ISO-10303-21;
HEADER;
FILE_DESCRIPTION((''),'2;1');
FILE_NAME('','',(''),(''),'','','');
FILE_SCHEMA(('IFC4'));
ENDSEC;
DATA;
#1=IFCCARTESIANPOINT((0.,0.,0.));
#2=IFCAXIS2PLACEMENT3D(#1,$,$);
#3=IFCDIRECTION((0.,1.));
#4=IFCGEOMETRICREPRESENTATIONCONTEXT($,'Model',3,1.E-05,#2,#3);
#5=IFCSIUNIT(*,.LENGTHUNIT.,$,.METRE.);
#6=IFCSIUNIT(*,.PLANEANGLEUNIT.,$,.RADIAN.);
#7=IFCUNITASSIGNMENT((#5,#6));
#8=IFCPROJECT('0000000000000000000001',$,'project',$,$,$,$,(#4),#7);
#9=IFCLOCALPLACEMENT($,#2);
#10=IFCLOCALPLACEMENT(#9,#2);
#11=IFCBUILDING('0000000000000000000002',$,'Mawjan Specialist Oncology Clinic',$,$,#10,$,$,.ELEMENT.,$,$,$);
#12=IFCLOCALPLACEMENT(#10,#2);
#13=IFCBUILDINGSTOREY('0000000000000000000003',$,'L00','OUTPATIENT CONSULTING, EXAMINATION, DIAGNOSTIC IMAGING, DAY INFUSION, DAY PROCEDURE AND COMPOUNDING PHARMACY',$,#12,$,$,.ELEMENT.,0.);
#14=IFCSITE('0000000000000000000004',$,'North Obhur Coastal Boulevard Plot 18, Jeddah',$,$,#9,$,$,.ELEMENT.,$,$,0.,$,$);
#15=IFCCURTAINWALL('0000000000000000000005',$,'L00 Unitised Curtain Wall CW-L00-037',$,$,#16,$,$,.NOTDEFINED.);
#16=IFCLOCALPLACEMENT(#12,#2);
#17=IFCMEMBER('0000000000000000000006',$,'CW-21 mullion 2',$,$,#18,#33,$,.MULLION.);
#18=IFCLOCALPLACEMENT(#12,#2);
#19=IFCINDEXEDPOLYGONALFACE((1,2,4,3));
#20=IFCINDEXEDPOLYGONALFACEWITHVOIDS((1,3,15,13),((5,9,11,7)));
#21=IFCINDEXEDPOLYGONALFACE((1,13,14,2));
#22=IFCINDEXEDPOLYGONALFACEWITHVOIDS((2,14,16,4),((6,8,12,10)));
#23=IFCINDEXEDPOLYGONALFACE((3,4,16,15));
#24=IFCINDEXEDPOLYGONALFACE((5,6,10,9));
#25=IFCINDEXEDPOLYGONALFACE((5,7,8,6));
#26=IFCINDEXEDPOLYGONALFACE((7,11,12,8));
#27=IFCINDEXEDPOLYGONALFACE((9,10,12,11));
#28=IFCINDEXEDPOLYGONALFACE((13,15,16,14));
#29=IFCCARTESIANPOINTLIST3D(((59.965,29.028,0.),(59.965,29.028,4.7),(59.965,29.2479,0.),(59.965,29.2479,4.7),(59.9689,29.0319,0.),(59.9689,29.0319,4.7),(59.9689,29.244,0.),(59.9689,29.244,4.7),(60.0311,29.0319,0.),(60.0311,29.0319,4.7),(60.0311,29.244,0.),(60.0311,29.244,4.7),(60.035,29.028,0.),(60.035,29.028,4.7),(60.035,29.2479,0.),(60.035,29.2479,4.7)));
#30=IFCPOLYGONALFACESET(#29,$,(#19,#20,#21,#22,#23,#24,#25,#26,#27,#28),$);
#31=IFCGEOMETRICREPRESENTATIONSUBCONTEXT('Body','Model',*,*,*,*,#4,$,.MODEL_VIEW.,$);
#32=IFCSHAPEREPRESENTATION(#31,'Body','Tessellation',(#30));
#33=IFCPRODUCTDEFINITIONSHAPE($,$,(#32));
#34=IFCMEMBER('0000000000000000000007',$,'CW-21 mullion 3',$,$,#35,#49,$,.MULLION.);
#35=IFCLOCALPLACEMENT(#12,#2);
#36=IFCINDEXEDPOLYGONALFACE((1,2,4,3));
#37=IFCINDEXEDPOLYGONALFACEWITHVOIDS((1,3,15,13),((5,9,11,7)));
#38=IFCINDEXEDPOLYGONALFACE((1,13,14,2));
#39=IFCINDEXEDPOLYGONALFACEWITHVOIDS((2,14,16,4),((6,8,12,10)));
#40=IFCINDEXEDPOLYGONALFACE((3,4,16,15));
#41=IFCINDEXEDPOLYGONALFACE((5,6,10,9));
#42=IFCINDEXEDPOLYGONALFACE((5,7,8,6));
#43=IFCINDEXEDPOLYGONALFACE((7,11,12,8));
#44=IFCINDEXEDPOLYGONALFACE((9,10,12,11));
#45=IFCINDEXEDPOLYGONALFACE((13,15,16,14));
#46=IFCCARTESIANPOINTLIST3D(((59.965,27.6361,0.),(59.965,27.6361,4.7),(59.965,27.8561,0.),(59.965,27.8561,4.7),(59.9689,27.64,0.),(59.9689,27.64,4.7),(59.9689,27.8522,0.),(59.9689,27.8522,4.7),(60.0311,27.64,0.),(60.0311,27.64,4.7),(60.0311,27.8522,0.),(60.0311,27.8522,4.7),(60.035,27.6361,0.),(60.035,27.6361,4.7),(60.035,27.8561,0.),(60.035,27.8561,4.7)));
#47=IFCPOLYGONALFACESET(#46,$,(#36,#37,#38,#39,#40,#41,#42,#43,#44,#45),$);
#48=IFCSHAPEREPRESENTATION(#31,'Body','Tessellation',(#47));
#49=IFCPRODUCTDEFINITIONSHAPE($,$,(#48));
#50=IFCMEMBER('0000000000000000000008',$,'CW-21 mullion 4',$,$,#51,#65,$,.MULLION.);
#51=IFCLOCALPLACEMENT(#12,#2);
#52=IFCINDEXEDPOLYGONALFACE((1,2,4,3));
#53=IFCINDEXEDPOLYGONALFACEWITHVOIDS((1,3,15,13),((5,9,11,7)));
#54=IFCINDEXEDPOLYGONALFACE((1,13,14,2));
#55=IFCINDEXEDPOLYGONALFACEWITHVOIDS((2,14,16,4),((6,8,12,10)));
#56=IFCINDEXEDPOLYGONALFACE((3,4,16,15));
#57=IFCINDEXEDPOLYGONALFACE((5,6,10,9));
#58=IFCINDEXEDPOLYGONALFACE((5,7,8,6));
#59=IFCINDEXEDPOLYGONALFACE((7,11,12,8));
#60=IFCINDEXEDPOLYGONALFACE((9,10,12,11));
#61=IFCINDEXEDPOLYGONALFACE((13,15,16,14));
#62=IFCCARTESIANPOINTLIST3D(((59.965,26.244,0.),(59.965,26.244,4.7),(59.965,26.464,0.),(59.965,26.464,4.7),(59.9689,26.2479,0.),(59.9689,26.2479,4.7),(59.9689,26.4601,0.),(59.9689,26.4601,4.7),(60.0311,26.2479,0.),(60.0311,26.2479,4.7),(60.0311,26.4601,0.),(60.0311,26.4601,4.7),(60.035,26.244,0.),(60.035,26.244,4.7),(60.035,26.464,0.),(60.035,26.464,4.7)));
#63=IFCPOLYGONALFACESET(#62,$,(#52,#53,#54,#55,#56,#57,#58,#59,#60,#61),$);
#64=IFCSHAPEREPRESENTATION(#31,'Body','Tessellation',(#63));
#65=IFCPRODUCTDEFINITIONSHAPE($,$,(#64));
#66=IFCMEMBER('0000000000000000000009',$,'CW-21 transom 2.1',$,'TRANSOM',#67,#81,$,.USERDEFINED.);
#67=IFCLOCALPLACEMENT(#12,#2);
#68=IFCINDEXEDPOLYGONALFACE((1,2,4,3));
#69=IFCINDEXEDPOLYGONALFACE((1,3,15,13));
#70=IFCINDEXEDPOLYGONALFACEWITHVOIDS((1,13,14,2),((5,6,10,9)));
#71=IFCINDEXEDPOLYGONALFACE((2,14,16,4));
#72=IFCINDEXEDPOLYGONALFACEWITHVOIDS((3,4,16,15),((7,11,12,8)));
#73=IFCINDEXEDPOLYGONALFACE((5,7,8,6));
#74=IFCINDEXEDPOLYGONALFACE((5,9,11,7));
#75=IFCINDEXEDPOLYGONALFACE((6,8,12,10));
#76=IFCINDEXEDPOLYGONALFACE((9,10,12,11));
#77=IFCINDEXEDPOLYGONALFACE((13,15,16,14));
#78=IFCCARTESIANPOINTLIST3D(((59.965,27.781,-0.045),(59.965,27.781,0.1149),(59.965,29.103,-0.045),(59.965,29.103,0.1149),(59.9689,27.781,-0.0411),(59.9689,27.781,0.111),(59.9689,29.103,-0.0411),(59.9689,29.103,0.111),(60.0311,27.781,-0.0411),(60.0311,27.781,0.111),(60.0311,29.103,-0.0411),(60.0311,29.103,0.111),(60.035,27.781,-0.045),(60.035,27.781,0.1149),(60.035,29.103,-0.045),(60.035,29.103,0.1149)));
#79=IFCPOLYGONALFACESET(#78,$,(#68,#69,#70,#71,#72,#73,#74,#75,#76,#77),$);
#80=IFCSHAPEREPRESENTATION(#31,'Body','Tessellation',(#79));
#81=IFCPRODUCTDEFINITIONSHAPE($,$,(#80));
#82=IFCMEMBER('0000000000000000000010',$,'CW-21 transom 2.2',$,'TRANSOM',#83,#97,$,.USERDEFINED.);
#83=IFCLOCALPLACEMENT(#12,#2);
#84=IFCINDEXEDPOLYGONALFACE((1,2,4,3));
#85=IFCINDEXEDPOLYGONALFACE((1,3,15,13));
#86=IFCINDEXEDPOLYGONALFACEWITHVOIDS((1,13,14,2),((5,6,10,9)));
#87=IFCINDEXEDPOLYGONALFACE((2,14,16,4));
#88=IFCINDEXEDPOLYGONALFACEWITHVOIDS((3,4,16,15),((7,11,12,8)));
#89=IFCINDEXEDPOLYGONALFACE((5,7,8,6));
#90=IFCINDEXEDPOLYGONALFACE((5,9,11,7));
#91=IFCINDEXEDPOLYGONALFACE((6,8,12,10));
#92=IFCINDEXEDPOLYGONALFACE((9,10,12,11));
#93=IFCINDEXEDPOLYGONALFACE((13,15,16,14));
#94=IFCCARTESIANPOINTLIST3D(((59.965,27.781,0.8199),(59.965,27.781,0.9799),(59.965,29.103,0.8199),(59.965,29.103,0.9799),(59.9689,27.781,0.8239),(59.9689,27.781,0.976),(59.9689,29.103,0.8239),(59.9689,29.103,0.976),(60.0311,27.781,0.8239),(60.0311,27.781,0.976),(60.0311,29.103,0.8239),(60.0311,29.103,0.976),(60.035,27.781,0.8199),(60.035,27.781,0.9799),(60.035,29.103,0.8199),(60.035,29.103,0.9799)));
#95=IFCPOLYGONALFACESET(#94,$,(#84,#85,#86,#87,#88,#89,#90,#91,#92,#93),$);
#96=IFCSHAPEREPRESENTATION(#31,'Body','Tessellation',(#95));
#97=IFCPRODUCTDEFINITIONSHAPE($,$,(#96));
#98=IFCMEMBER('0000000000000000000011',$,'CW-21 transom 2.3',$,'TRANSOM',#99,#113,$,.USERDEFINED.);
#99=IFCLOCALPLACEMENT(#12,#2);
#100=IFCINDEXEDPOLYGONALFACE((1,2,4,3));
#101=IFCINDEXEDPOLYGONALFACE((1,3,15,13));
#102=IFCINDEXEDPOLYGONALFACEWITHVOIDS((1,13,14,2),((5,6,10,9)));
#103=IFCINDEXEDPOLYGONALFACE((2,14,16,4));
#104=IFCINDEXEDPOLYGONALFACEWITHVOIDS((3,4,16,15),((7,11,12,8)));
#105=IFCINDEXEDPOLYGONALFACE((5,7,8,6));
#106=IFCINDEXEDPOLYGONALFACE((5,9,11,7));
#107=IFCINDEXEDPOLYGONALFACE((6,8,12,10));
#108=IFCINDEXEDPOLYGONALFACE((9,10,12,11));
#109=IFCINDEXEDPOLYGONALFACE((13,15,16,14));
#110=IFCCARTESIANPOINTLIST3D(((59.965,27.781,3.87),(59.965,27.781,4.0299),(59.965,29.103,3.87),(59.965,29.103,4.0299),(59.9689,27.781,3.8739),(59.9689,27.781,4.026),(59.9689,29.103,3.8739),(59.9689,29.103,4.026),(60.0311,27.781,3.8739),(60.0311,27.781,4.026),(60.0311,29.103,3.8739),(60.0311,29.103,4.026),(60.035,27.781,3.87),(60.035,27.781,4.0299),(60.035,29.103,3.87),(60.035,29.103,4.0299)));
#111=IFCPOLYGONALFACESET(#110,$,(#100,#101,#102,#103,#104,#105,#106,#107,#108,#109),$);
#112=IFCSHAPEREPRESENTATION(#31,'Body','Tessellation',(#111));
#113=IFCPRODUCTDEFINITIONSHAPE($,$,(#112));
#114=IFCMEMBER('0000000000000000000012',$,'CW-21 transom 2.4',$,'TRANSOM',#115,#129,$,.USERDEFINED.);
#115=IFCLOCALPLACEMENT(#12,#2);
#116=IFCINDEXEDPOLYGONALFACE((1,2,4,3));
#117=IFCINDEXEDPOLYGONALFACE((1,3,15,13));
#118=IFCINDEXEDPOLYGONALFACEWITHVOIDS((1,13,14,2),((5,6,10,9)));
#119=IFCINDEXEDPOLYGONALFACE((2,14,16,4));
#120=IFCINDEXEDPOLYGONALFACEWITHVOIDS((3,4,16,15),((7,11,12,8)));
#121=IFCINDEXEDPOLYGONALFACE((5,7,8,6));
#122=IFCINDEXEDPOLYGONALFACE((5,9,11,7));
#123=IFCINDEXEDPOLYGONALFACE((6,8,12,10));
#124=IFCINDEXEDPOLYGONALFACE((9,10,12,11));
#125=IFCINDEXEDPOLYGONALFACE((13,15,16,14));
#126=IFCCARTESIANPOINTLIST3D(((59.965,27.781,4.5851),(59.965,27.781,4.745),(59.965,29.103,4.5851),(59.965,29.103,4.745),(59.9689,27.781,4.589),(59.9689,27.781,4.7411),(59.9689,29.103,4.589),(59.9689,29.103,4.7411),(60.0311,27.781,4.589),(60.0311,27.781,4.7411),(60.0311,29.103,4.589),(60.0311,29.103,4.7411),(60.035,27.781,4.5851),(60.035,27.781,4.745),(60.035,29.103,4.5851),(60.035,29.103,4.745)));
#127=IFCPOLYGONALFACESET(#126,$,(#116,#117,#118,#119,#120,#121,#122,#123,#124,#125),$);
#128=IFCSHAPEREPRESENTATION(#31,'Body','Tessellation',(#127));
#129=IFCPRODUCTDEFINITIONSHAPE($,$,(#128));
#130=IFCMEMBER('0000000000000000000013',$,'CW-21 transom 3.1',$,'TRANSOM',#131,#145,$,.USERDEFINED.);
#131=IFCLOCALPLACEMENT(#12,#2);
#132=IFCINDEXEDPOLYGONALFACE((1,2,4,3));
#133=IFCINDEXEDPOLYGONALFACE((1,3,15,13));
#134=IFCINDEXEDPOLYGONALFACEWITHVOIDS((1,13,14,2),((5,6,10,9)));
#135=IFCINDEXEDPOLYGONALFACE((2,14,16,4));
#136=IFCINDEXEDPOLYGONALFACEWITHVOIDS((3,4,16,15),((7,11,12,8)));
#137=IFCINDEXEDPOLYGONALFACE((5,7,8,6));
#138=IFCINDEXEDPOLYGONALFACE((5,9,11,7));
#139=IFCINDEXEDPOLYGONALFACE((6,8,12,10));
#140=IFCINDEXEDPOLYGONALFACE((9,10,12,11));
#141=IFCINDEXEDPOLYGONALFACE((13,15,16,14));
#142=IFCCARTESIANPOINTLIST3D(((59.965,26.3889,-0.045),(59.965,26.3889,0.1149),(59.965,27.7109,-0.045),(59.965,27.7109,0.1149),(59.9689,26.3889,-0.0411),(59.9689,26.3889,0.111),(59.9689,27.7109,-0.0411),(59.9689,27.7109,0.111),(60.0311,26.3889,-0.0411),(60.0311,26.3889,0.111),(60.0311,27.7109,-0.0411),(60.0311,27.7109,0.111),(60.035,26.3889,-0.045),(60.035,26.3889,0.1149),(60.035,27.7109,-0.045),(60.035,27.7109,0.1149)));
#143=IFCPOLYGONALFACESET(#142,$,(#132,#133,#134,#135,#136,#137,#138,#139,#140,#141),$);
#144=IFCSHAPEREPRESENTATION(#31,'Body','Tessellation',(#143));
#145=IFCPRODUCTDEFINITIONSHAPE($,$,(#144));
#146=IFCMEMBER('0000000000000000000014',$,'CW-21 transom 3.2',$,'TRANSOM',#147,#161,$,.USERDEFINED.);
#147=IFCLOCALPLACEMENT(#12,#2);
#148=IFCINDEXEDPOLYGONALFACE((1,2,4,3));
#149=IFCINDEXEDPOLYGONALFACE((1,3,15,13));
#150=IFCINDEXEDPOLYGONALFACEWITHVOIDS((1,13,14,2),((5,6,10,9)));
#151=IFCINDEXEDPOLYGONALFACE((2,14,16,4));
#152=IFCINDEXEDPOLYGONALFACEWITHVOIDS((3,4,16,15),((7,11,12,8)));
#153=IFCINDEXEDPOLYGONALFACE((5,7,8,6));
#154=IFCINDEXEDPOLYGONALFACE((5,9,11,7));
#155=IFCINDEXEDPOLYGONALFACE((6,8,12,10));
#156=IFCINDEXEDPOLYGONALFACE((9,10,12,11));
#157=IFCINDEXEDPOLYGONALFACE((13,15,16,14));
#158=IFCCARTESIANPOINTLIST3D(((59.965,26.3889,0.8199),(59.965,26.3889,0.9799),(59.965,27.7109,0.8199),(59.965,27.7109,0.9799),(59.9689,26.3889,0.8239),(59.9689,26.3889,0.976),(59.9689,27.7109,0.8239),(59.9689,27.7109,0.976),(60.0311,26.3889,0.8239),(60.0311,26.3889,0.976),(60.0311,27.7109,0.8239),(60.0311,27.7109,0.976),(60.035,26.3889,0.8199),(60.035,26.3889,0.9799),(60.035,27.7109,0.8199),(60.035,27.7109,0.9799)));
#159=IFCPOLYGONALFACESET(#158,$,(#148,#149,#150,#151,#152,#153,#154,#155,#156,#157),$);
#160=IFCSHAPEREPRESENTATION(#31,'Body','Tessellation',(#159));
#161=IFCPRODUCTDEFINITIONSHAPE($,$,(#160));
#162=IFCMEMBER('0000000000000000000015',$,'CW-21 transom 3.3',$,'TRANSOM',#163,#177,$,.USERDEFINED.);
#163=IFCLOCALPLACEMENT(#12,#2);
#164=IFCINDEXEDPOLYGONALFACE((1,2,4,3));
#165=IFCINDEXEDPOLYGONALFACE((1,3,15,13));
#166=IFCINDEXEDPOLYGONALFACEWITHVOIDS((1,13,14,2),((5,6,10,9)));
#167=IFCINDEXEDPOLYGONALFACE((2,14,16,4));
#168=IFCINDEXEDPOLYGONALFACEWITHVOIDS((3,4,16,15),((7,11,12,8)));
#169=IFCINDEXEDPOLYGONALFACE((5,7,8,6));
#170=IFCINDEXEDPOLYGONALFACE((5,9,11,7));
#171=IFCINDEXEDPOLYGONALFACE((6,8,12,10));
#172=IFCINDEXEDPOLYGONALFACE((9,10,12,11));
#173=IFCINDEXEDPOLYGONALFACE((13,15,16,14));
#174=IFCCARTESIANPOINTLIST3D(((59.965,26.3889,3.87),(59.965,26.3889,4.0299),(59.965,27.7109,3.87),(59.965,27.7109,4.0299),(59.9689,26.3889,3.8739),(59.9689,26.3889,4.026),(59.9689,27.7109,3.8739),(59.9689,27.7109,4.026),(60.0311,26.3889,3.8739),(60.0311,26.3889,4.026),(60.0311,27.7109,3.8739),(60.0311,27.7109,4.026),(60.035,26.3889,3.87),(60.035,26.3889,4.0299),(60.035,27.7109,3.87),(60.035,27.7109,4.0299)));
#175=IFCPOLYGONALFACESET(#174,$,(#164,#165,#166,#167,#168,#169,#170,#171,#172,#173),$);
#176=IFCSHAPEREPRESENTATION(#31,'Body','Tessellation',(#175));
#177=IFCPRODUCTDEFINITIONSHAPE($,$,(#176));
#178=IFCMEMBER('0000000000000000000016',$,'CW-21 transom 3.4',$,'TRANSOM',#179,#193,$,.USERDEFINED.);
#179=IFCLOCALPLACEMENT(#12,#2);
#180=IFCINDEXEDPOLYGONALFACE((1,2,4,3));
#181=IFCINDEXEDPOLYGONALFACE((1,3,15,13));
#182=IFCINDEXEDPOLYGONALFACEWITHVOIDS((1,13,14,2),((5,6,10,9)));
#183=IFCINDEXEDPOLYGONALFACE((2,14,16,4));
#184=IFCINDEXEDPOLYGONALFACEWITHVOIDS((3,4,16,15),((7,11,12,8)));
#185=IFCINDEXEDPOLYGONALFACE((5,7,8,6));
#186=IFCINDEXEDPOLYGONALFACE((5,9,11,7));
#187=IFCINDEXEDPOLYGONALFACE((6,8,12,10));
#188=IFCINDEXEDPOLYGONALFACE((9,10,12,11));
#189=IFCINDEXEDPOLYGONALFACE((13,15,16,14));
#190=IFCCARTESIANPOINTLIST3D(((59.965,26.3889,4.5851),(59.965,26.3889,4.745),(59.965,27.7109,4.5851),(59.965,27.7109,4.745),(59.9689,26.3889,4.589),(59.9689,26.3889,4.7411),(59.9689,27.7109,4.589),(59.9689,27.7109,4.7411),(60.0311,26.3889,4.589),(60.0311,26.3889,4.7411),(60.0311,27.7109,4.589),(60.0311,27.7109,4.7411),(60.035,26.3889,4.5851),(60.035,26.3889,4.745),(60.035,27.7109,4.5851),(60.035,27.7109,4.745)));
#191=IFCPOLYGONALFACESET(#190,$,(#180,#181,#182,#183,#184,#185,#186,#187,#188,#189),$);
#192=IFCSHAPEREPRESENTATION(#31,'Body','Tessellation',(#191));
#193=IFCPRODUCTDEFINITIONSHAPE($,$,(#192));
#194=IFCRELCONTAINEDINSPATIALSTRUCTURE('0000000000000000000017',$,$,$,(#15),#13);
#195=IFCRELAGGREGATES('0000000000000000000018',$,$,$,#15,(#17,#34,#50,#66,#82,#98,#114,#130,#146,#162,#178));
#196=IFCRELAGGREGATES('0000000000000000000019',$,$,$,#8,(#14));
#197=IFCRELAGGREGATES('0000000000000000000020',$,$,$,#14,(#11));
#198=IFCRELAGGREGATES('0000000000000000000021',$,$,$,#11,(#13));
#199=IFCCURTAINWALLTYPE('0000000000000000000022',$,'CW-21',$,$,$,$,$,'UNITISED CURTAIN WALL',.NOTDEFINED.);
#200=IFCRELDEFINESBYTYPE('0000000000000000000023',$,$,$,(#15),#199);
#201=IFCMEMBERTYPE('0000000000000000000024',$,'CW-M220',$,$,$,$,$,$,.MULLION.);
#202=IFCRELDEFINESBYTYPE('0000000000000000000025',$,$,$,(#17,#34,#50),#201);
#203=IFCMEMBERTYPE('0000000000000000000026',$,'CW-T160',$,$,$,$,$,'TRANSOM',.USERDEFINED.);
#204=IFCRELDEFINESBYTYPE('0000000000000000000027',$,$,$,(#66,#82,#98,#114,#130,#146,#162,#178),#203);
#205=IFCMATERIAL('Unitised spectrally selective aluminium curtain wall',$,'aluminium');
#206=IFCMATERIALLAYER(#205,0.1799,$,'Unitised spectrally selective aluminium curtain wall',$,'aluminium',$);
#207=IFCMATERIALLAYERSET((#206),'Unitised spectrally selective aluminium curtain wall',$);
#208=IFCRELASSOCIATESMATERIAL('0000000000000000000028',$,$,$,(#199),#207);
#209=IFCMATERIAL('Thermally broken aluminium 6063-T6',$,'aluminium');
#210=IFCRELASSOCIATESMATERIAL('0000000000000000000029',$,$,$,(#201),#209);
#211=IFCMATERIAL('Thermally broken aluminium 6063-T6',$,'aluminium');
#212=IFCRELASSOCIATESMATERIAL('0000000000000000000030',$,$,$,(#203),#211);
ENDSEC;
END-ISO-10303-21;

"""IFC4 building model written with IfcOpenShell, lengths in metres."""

from ifc_helpers import new_model, si_unit, direction, frame, origin, origin_2d, place, context, subcontext, project, spatial, hollow_rectangle, extrude, material, layer, layer_set, material_profile, profile_set, type_object, element, aggregate, save


model = new_model("IFC4")

# Units and contexts
model_context = context("Model", 3, precision=1e-05, world=origin(), true_north=direction((0.0, 1.0)))
body_context = subcontext(model_context, "Body", "Model", "MODEL_VIEW")
ifc_project = project(units=[si_unit("LENGTHUNIT", "METRE"), si_unit("PLANEANGLEUNIT", "RADIAN")], contexts=[model_context])

# Site, building, storey
site_placement = place(None, origin())
site = spatial("IfcSite", under=ifc_project, at=site_placement, Name="North Obhur Coastal Boulevard Plot 18, Jeddah", CompositionType="ELEMENT", RefElevation=0.0)
building_placement = place(site_placement, origin())
building = spatial("IfcBuilding", under=site, at=building_placement, Name="Mawjan Specialist Oncology Clinic", CompositionType="ELEMENT")
storey_placement = place(building_placement, origin())
storey = spatial("IfcBuildingStorey", under=building, at=storey_placement, Name="L00", Description="OUTPATIENT CONSULTING, EXAMINATION, DIAGNOSTIC IMAGING, DAY INFUSION, DAY PROCEDURE AND COMPOUNDING PHARMACY", CompositionType="ELEMENT", Elevation=0.0)

# Curtain wall, members
ifc_material_1 = material(Name="Unitised spectrally selective aluminium curtain wall", Category="aluminium")
ifc_layer_1 = layer(ifc_material_1, 0.1799, Name="Unitised spectrally selective aluminium curtain wall", Category="aluminium")
ifc_layer_set_1 = layer_set([ifc_layer_1], Name="Unitised spectrally selective aluminium curtain wall")
curtain_wall_type = type_object("IfcCurtainWallType", Name="CW-21", ElementType="UNITISED CURTAIN WALL", PredefinedType="NOTDEFINED", material=ifc_layer_set_1)
curtain_wall_placement = place(storey_placement, origin())
curtain_wall = element("IfcCurtainWall", 1, at=curtain_wall_placement, inside=storey, type_object=curtain_wall_type, Name="L00 Unitised Curtain Wall CW-L00-037", PredefinedType="NOTDEFINED")
ifc_material_2 = material(Name="Thermally broken aluminium 6063-T6", Category="aluminium")
ifc_material_profile_1 = material_profile(ifc_material_2, hollow_rectangle(XDim=0.0701, YDim=0.22, WallThickness=0.0039, at=origin_2d()), Name="ALU MULLION 220x70x4", Category="aluminium")
ifc_profile_set_1 = profile_set([ifc_material_profile_1], Name="Thermally broken aluminium 6063-T6")
member_type_1 = type_object("IfcMemberType", Name="CW-M220", PredefinedType="MULLION", material=ifc_profile_set_1)
member_1_placement = place(storey_placement, frame((60.0, 29.1379, 0.0), z_axis=(0.0, 0.0, 1.0), x_axis=(1.0, 0.0, 0.0)))
member_1 = element("IfcMember", 2, at=member_1_placement, type_object=member_type_1, Name="CW-21 mullion 2", PredefinedType="MULLION", context=body_context, shape_type="SweptSolid", body=[
    extrude(hollow_rectangle(XDim=0.0701, YDim=0.22, WallThickness=0.0039, at=origin_2d()), origin(), (0.0, 0.0, 1.0), 4.7),
])
member_2_placement = place(storey_placement, frame((60.0, 27.7461, 0.0), z_axis=(0.0, 0.0, 1.0), x_axis=(1.0, 0.0, 0.0)))
member_2 = element("IfcMember", 3, at=member_2_placement, type_object=member_type_1, Name="CW-21 mullion 3", PredefinedType="MULLION", context=body_context, shape_type="SweptSolid", body=[
    extrude(hollow_rectangle(XDim=0.0701, YDim=0.22, WallThickness=0.0039, at=origin_2d()), origin(), (0.0, 0.0, 1.0), 4.7),
])
member_3_placement = place(storey_placement, frame((60.0, 26.354, 0.0), z_axis=(0.0, 0.0, 1.0), x_axis=(1.0, 0.0, 0.0)))
member_3 = element("IfcMember", 4, at=member_3_placement, type_object=member_type_1, Name="CW-21 mullion 4", PredefinedType="MULLION", context=body_context, shape_type="SweptSolid", body=[
    extrude(hollow_rectangle(XDim=0.0701, YDim=0.22, WallThickness=0.0039, at=origin_2d()), origin(), (0.0, 0.0, 1.0), 4.7),
])
ifc_material_3 = material(Name="Thermally broken aluminium 6063-T6", Category="aluminium")
ifc_material_profile_2 = material_profile(ifc_material_3, hollow_rectangle(XDim=0.0701, YDim=0.1599, WallThickness=0.0039, at=origin_2d()), Name="ALU TRANSOM 160x70x4", Category="aluminium")
ifc_profile_set_2 = profile_set([ifc_material_profile_2], Name="Thermally broken aluminium 6063-T6")
member_type_2 = type_object("IfcMemberType", Name="CW-T160", ElementType="TRANSOM", PredefinedType="USERDEFINED", material=ifc_profile_set_2)
member_4_placement = place(storey_placement, frame((60.0, 29.103, 0.0349), z_axis=(0.0, -1.0, 0.0), x_axis=(1.0, 0.0, 0.0)))
member_4 = element("IfcMember", 5, at=member_4_placement, type_object=member_type_2, Name="CW-21 transom 2.1", ObjectType="TRANSOM", PredefinedType="USERDEFINED", context=body_context, shape_type="SweptSolid", body=[
    extrude(hollow_rectangle(XDim=0.0701, YDim=0.1599, WallThickness=0.0039, at=origin_2d()), origin(), (0.0, 0.0, 1.0), 1.322),
])
member_5_placement = place(storey_placement, frame((60.0, 29.103, 0.8999), z_axis=(0.0, -1.0, 0.0), x_axis=(1.0, 0.0, 0.0)))
member_5 = element("IfcMember", 6, at=member_5_placement, type_object=member_type_2, Name="CW-21 transom 2.2", ObjectType="TRANSOM", PredefinedType="USERDEFINED", context=body_context, shape_type="SweptSolid", body=[
    extrude(hollow_rectangle(XDim=0.0701, YDim=0.1599, WallThickness=0.0039, at=origin_2d()), origin(), (0.0, 0.0, 1.0), 1.322),
])
member_6_placement = place(storey_placement, frame((60.0, 29.103, 3.95), z_axis=(0.0, -1.0, 0.0), x_axis=(1.0, 0.0, 0.0)))
member_6 = element("IfcMember", 7, at=member_6_placement, type_object=member_type_2, Name="CW-21 transom 2.3", ObjectType="TRANSOM", PredefinedType="USERDEFINED", context=body_context, shape_type="SweptSolid", body=[
    extrude(hollow_rectangle(XDim=0.0701, YDim=0.1599, WallThickness=0.0039, at=origin_2d()), origin(), (0.0, 0.0, 1.0), 1.322),
])
member_7_placement = place(storey_placement, frame((60.0, 29.103, 4.665), z_axis=(0.0, -1.0, 0.0), x_axis=(1.0, 0.0, 0.0)))
member_7 = element("IfcMember", 8, at=member_7_placement, type_object=member_type_2, Name="CW-21 transom 2.4", ObjectType="TRANSOM", PredefinedType="USERDEFINED", context=body_context, shape_type="SweptSolid", body=[
    extrude(hollow_rectangle(XDim=0.0701, YDim=0.1599, WallThickness=0.0039, at=origin_2d()), origin(), (0.0, 0.0, 1.0), 1.322),
])
member_8_placement = place(storey_placement, frame((60.0, 27.7109, 0.0349), z_axis=(0.0, -1.0, 0.0), x_axis=(1.0, 0.0, 0.0)))
member_8 = element("IfcMember", 9, at=member_8_placement, type_object=member_type_2, Name="CW-21 transom 3.1", ObjectType="TRANSOM", PredefinedType="USERDEFINED", context=body_context, shape_type="SweptSolid", body=[
    extrude(hollow_rectangle(XDim=0.0701, YDim=0.1599, WallThickness=0.0039, at=origin_2d()), origin(), (0.0, 0.0, 1.0), 1.322),
])
member_9_placement = place(storey_placement, frame((60.0, 27.7109, 0.8999), z_axis=(0.0, -1.0, 0.0), x_axis=(1.0, 0.0, 0.0)))
member_9 = element("IfcMember", 10, at=member_9_placement, type_object=member_type_2, Name="CW-21 transom 3.2", ObjectType="TRANSOM", PredefinedType="USERDEFINED", context=body_context, shape_type="SweptSolid", body=[
    extrude(hollow_rectangle(XDim=0.0701, YDim=0.1599, WallThickness=0.0039, at=origin_2d()), origin(), (0.0, 0.0, 1.0), 1.322),
])
member_10_placement = place(storey_placement, frame((60.0, 27.7109, 3.95), z_axis=(0.0, -1.0, 0.0), x_axis=(1.0, 0.0, 0.0)))
member_10 = element("IfcMember", 11, at=member_10_placement, type_object=member_type_2, Name="CW-21 transom 3.3", ObjectType="TRANSOM", PredefinedType="USERDEFINED", context=body_context, shape_type="SweptSolid", body=[
    extrude(hollow_rectangle(XDim=0.0701, YDim=0.1599, WallThickness=0.0039, at=origin_2d()), origin(), (0.0, 0.0, 1.0), 1.322),
])
member_11_placement = place(storey_placement, frame((60.0, 27.7109, 4.665), z_axis=(0.0, -1.0, 0.0), x_axis=(1.0, 0.0, 0.0)))
member_11 = element("IfcMember", 12, at=member_11_placement, type_object=member_type_2, Name="CW-21 transom 3.4", ObjectType="TRANSOM", PredefinedType="USERDEFINED", context=body_context, shape_type="SweptSolid", body=[
    extrude(hollow_rectangle(XDim=0.0701, YDim=0.1599, WallThickness=0.0039, at=origin_2d()), origin(), (0.0, 0.0, 1.0), 1.322),
])
aggregate(curtain_wall, [member_1, member_2, member_3, member_4, member_5, member_6, member_7, member_8, member_9, member_10, member_11])

save(model, "model.ifc")
